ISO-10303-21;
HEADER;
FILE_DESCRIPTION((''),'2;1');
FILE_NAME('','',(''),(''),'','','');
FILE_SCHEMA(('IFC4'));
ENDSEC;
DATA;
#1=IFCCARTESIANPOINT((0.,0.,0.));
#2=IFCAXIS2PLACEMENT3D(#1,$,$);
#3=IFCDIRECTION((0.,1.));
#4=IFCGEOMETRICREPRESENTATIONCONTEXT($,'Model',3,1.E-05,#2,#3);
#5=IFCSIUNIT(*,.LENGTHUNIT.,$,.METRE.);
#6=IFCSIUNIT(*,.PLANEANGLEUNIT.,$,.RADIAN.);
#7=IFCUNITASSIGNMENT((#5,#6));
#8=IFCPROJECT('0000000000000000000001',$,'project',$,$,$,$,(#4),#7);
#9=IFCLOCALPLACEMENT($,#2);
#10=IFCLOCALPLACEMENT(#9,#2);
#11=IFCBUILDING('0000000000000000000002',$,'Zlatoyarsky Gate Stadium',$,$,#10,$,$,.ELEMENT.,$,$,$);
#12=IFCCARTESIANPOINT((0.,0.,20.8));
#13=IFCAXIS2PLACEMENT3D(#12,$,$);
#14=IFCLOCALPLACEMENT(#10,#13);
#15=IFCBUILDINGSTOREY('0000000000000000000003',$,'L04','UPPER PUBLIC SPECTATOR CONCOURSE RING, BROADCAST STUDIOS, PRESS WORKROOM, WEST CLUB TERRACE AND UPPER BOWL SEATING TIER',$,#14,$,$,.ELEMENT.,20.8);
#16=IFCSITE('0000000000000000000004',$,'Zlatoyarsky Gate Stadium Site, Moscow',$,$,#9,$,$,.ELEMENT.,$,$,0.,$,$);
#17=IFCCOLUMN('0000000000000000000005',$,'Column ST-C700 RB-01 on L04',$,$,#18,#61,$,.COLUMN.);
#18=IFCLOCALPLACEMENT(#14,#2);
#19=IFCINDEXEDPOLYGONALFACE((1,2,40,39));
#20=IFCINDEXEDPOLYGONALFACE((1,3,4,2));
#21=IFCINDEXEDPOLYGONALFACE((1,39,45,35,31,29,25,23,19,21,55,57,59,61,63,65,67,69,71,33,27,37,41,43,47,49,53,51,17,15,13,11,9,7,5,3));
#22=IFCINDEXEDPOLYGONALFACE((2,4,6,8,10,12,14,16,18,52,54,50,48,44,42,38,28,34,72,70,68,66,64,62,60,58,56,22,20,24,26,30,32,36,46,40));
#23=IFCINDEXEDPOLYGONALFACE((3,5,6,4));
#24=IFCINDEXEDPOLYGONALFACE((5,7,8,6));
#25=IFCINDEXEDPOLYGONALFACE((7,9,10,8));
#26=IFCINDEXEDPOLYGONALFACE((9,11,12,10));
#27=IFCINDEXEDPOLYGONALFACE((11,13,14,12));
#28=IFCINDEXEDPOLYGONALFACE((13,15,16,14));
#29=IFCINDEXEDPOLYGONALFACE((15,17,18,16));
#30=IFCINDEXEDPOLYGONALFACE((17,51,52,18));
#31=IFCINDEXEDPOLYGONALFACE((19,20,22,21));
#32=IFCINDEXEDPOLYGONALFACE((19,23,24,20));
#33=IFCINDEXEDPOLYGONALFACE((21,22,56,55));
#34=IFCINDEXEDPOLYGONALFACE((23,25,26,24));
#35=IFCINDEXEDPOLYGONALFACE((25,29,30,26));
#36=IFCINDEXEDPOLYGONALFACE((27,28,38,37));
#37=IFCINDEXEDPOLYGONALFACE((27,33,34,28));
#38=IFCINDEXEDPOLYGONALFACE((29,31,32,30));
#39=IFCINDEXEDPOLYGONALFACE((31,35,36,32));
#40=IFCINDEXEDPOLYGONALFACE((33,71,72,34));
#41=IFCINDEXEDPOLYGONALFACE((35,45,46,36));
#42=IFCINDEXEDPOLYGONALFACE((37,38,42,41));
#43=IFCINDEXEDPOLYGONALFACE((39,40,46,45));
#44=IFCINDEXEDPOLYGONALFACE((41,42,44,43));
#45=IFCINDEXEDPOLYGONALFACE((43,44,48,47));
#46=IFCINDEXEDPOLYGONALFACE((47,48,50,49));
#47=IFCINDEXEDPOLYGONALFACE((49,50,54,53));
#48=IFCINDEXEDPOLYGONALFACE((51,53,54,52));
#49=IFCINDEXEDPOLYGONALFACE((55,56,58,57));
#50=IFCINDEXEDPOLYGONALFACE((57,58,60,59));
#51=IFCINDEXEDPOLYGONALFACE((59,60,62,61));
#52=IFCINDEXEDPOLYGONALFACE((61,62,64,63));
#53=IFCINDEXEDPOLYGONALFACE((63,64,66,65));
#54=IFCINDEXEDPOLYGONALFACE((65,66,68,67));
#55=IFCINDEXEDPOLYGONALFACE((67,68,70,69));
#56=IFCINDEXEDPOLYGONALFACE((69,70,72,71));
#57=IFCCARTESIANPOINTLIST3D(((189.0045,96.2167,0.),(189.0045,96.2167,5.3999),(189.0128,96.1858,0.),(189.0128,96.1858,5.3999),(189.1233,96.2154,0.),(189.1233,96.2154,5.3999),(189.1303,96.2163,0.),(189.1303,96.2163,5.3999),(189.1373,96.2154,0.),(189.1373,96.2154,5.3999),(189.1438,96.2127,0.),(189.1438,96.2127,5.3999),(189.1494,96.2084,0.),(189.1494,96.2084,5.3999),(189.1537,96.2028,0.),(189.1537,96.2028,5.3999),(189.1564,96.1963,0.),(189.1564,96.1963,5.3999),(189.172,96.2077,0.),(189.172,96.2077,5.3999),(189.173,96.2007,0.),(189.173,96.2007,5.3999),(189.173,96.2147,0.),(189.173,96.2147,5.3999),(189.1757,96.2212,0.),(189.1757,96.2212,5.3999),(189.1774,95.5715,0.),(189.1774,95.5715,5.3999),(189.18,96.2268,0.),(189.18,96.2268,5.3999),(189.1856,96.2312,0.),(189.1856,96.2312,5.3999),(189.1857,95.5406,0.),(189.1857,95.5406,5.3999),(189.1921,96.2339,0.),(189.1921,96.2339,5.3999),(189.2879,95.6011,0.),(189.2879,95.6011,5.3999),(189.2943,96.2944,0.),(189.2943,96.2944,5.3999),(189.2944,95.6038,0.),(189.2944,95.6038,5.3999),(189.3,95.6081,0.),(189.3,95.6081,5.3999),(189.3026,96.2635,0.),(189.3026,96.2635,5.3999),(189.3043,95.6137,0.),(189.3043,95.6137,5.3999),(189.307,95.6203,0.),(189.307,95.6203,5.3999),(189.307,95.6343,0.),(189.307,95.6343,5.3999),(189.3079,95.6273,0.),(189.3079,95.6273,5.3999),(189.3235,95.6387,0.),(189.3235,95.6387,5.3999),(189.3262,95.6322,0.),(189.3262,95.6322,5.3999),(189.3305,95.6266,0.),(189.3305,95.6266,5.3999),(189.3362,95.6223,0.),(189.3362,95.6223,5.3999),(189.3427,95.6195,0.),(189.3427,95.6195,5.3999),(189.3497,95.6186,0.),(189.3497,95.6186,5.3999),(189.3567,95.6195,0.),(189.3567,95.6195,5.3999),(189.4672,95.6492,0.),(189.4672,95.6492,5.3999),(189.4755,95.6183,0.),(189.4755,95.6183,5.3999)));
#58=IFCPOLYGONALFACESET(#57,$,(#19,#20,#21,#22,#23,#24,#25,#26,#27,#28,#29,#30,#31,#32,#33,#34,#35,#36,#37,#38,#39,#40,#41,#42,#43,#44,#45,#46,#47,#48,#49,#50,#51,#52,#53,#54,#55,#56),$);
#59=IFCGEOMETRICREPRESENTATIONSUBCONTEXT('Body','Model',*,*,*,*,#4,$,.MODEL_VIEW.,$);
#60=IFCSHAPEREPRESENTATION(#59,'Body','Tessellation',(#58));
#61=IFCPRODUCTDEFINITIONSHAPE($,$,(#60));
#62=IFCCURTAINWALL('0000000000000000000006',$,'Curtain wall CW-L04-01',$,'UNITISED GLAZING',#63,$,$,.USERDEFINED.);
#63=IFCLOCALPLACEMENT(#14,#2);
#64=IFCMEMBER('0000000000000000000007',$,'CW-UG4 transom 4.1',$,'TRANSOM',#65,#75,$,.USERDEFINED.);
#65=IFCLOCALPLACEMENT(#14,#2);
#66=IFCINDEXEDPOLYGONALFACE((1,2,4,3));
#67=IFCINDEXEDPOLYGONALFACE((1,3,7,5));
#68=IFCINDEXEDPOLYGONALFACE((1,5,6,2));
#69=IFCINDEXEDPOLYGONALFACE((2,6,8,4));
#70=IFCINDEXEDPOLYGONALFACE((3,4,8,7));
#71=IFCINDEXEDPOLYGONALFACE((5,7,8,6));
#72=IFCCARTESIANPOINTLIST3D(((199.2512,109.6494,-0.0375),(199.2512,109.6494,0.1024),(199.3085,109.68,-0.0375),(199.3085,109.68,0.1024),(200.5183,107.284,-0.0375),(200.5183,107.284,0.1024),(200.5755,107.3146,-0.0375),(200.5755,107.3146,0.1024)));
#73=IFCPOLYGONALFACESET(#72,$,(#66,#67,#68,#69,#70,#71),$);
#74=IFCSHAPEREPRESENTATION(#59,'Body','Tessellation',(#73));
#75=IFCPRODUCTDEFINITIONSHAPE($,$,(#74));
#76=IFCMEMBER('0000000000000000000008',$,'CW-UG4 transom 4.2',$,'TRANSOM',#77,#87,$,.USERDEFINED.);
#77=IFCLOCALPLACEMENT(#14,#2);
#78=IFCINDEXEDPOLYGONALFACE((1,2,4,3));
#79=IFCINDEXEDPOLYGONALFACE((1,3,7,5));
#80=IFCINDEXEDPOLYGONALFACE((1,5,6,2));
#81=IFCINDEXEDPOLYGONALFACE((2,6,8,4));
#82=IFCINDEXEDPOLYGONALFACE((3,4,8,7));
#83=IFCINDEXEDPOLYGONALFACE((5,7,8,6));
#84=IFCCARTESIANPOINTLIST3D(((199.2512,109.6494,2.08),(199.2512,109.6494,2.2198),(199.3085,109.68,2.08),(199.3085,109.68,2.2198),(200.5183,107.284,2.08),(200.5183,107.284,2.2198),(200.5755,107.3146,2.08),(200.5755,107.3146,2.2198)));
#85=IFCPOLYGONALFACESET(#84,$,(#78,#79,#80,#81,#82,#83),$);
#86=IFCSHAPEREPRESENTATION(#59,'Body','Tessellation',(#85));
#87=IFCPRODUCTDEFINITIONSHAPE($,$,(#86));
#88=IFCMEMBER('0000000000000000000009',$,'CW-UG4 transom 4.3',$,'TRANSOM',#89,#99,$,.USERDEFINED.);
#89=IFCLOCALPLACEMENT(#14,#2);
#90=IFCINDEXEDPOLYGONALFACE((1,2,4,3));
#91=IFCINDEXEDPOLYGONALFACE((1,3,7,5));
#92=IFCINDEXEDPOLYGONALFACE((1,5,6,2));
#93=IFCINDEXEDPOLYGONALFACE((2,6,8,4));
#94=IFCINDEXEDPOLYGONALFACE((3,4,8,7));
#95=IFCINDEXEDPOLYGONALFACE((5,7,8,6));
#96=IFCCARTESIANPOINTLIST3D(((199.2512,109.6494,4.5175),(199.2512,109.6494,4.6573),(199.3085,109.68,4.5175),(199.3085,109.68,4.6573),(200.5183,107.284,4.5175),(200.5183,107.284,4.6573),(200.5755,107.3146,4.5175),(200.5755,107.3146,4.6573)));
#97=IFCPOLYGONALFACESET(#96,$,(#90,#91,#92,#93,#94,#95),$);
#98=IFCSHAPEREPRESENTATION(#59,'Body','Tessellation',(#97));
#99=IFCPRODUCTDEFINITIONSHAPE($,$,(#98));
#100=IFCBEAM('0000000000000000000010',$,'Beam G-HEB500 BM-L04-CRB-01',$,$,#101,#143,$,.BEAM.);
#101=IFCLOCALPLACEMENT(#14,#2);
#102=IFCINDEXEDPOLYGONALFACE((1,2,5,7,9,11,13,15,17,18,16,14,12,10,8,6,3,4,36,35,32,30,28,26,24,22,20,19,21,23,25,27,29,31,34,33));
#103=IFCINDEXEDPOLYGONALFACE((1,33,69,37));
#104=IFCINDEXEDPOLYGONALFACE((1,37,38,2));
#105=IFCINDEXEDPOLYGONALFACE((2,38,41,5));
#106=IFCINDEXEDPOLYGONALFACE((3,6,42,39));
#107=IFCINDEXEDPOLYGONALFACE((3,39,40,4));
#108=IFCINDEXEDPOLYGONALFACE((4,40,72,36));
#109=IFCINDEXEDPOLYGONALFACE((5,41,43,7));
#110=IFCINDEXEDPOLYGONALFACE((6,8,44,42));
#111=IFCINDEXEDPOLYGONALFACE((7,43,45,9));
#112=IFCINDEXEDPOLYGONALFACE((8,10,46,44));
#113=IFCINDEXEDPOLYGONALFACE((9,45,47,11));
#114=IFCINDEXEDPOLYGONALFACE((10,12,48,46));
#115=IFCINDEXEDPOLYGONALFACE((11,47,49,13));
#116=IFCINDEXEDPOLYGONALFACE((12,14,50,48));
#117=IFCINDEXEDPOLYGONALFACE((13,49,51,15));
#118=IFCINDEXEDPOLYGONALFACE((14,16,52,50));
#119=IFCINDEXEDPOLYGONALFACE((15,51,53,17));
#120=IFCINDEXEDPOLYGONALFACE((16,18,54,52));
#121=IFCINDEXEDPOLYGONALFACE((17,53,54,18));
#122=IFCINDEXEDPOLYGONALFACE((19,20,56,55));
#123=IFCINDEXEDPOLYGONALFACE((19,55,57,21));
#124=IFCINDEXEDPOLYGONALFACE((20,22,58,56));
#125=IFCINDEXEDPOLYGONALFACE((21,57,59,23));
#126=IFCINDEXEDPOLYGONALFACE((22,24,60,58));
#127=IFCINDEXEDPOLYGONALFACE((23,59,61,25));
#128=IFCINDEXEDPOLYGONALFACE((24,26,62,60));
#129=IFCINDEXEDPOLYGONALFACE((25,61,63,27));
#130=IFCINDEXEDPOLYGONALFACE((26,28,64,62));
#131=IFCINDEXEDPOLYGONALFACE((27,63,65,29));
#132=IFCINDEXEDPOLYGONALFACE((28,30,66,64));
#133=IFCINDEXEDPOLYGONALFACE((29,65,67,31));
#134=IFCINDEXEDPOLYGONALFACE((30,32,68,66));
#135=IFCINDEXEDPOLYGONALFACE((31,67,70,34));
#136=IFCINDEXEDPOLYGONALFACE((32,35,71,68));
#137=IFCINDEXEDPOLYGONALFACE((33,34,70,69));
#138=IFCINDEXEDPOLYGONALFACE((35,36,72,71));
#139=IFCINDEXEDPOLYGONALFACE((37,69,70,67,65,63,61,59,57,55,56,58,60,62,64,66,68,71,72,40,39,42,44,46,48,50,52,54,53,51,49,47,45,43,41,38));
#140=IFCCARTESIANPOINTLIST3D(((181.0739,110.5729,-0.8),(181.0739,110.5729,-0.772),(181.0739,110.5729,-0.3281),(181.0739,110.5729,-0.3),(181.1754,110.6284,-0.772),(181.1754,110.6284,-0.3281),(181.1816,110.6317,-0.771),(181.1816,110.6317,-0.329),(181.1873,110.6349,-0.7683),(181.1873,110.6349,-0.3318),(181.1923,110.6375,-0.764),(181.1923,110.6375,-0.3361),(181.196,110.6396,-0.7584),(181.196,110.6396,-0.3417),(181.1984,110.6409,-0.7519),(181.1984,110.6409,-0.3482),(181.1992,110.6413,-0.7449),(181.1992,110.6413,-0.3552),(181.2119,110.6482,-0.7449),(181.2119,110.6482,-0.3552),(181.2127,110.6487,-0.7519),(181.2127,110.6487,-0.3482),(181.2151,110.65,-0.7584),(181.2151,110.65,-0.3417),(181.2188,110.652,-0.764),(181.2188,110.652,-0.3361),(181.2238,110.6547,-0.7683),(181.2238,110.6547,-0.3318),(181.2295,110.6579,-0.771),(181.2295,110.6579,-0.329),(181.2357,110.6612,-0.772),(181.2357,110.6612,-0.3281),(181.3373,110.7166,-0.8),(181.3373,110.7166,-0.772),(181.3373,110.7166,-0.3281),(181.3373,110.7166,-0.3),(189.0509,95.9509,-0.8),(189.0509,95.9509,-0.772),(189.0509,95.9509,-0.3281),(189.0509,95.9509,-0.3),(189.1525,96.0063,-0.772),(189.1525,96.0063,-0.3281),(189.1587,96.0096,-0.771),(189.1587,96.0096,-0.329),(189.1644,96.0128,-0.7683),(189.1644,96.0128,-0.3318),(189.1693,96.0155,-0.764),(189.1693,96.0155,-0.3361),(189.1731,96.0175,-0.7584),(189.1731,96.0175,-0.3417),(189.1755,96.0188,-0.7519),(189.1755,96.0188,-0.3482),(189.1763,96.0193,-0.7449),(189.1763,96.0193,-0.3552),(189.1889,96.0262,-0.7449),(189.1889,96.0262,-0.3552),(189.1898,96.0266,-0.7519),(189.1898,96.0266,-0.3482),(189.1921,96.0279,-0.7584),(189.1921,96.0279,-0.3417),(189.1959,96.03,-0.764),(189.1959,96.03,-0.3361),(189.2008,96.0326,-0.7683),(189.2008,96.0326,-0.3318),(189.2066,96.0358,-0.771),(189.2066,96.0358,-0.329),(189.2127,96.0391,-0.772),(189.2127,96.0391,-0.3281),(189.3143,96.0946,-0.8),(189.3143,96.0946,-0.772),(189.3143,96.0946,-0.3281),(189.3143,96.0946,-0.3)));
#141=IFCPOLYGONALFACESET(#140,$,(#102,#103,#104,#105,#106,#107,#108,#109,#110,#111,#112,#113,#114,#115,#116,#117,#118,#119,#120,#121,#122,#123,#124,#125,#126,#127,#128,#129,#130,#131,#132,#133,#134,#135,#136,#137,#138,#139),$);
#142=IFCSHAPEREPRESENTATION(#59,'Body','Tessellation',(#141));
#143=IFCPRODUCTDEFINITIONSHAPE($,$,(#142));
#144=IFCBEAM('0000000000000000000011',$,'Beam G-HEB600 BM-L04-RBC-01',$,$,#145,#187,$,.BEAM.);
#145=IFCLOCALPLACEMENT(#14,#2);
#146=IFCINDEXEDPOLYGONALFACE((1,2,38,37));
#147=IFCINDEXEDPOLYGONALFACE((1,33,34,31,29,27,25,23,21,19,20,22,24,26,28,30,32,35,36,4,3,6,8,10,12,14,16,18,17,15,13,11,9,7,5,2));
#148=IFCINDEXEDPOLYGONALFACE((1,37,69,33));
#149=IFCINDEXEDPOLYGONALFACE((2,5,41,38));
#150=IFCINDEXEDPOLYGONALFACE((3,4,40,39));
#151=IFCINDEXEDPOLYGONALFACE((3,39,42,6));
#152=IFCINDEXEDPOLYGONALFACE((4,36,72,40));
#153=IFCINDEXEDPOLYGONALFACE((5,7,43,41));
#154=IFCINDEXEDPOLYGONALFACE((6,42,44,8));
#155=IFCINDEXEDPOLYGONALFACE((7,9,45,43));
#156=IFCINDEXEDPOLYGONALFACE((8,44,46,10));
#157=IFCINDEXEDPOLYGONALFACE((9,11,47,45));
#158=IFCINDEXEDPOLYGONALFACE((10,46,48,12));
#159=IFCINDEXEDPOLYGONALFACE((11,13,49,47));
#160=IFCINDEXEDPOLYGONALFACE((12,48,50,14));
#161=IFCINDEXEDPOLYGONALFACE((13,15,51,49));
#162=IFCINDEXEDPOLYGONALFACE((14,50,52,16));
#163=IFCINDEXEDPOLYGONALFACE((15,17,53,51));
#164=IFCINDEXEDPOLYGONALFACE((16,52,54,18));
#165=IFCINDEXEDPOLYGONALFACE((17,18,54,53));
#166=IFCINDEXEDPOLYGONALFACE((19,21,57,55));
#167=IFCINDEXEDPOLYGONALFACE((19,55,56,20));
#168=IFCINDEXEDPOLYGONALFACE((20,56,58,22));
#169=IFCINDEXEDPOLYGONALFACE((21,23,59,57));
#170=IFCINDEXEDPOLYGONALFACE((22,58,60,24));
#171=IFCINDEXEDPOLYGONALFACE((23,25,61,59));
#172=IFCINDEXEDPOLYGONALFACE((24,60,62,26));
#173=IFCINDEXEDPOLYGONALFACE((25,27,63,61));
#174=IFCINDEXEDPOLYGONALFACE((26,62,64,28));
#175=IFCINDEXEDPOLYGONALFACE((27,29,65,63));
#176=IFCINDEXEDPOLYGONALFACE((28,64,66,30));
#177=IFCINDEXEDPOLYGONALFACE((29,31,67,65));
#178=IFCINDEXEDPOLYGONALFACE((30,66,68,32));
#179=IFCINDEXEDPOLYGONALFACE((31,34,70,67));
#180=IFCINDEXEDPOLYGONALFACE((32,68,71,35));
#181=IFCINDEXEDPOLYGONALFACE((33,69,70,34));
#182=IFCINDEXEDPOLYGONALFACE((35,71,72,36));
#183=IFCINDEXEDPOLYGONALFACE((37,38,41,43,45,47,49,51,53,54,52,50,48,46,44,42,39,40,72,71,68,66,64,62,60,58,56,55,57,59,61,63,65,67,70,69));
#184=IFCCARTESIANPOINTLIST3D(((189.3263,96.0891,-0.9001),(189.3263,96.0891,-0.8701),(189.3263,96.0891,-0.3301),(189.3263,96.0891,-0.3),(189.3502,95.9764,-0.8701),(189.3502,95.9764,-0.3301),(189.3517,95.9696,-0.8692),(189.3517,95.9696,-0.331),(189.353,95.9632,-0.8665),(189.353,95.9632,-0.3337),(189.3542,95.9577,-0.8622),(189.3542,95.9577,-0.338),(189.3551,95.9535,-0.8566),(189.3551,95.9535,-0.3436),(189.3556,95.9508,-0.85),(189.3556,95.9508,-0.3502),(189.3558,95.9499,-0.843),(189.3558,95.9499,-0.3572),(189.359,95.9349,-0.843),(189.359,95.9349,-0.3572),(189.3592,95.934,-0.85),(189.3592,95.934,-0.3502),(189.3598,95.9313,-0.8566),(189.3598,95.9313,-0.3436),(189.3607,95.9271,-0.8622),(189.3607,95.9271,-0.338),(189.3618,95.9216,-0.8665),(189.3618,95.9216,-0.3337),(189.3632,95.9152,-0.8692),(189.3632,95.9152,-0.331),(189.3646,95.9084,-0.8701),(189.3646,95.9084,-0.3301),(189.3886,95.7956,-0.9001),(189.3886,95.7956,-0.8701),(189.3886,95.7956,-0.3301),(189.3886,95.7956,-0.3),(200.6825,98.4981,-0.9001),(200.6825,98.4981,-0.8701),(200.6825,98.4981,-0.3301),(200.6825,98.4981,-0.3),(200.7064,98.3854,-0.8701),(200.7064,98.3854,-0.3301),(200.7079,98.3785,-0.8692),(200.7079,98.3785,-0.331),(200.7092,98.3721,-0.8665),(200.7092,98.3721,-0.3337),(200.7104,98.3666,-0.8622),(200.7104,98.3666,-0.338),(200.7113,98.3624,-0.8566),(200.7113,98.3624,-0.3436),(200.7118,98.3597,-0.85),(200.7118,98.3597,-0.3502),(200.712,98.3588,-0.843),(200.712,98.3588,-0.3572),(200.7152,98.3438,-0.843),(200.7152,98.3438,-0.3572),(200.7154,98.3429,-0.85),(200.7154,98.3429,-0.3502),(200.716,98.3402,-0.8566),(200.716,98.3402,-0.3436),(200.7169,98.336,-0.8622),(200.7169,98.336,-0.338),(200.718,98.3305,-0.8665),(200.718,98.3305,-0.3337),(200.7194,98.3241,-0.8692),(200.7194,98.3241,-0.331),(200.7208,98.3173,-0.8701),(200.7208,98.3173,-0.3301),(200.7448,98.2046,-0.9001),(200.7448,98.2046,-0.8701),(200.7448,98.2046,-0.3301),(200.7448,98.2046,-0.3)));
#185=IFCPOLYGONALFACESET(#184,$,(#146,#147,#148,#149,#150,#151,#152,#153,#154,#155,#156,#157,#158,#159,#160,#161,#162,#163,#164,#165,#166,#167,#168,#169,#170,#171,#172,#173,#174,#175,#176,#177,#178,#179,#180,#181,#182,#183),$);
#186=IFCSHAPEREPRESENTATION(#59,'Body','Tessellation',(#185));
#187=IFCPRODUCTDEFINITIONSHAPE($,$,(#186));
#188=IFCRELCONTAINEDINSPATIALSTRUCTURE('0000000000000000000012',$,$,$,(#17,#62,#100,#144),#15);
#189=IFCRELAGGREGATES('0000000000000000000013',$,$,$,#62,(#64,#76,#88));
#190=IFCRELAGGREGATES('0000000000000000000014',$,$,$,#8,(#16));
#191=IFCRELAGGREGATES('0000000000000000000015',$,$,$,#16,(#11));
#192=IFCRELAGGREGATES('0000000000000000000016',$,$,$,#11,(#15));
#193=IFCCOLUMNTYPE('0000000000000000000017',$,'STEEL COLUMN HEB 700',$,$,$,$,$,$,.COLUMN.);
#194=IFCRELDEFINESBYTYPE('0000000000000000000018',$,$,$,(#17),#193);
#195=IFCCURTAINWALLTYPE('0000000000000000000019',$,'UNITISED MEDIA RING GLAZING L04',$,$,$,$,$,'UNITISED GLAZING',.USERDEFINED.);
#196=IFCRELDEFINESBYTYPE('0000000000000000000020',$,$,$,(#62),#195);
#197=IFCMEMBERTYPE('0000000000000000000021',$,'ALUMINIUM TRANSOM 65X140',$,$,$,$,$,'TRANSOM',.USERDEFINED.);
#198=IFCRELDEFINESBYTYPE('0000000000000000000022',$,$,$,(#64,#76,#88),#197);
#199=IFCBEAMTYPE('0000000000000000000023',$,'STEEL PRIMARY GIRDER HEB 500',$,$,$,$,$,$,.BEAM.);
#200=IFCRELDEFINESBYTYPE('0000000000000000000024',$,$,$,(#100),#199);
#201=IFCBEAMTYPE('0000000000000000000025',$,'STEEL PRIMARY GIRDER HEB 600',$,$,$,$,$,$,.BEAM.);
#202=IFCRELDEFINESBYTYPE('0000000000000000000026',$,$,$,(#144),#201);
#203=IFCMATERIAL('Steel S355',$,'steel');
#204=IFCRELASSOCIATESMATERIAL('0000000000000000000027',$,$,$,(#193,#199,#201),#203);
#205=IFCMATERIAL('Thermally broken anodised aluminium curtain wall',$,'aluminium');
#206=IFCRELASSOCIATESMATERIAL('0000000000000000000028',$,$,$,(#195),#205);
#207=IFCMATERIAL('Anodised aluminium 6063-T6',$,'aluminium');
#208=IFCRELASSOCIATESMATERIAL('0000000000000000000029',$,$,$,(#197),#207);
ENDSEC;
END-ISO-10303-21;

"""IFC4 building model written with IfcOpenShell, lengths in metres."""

from ifc_helpers import new_model, si_unit, direction, frame, origin, origin_2d, place, context, subcontext, project, spatial, rectangle, i_section, extrude, material, material_profile, profile_set, type_object, element, aggregate, save


model = new_model("IFC4")

# Units and contexts
model_context = context("Model", 3, precision=1e-05, world=origin(), true_north=direction((0.0, 1.0)))
body_context = subcontext(model_context, "Body", "Model", "MODEL_VIEW")
ifc_project = project(units=[si_unit("LENGTHUNIT", "METRE"), si_unit("PLANEANGLEUNIT", "RADIAN")], contexts=[model_context])

# Site, building, storey
site_placement = place(None, origin())
site = spatial("IfcSite", under=ifc_project, at=site_placement, Name="Zlatoyarsky Gate Stadium Site, Moscow", CompositionType="ELEMENT", RefElevation=0.0)
building_placement = place(site_placement, origin())
building = spatial("IfcBuilding", under=site, at=building_placement, Name="Zlatoyarsky Gate Stadium", CompositionType="ELEMENT")
storey_placement = place(building_placement, frame((0.0, 0.0, 20.8)))
storey = spatial("IfcBuildingStorey", under=building, at=storey_placement, Name="L04", Description="UPPER PUBLIC SPECTATOR CONCOURSE RING, BROADCAST STUDIOS, PRESS WORKROOM, WEST CLUB TERRACE AND UPPER BOWL SEATING TIER", CompositionType="ELEMENT", Elevation=20.8)

# Column
ifc_material_1 = material(Name="Steel S355", Category="steel")
ifc_material_profile_1 = material_profile(ifc_material_1, i_section(OverallWidth=0.3, OverallDepth=0.7, WebThickness=0.0171, FlangeThickness=0.032, FilletRadius=0.0271, at=origin_2d()), Name="HEB 700")
ifc_profile_set_1 = profile_set([ifc_material_profile_1], Name="Steel S355")
column_type = type_object("IfcColumnType", Name="STEEL COLUMN HEB 700", PredefinedType="COLUMN", material=ifc_profile_set_1)
column_placement = place(storey_placement, frame((189.24, 95.9175, 0.0), z_axis=(0.0, 0.0, 1.0), x_axis=(0.965926, 0.258819, 0.0)))
element("IfcColumn", 1, at=column_placement, inside=storey, type_object=column_type, Name="Column ST-C700 RB-01 on L04", PredefinedType="COLUMN", context=body_context, shape_type="SweptSolid", body=[
    extrude(i_section(OverallWidth=0.3, OverallDepth=0.7, WebThickness=0.0171, FlangeThickness=0.032, FilletRadius=0.0271, at=origin_2d()), origin(), (0.0, 0.0, 1.0), 5.3999),
])

# Curtain wall, members
ifc_material_2 = material(Name="Thermally broken anodised aluminium curtain wall", Category="aluminium")
curtain_wall_type = type_object("IfcCurtainWallType", Name="UNITISED MEDIA RING GLAZING L04", ElementType="UNITISED GLAZING", PredefinedType="USERDEFINED", material=ifc_material_2)
curtain_wall_placement = place(storey_placement, origin())
curtain_wall = element("IfcCurtainWall", 2, at=curtain_wall_placement, inside=storey, type_object=curtain_wall_type, Name="Curtain wall CW-L04-01", ObjectType="UNITISED GLAZING", PredefinedType="USERDEFINED")
ifc_material_3 = material(Name="Anodised aluminium 6063-T6", Category="aluminium")
ifc_material_profile_2 = material_profile(ifc_material_3, rectangle(XDim=0.0649, YDim=0.1399, at=origin_2d()), Name="ALU 65X140")
ifc_profile_set_2 = profile_set([ifc_material_profile_2], Name="Anodised aluminium 6063-T6")
member_type = type_object("IfcMemberType", Name="ALUMINIUM TRANSOM 65X140", ElementType="TRANSOM", PredefinedType="USERDEFINED", material=ifc_profile_set_2)
member_1_placement = place(storey_placement, frame((200.5469, 107.2993, 0.0325), z_axis=(-0.472184, 0.8815, 0.0), x_axis=(-0.8815, -0.472184, 0.0)))
member_1 = element("IfcMember", 3, at=member_1_placement, type_object=member_type, Name="CW-UG4 transom 4.1", ObjectType="TRANSOM", PredefinedType="USERDEFINED", context=body_context, shape_type="SweptSolid", body=[
    extrude(rectangle(XDim=0.0649, YDim=0.1399, at=origin_2d()), origin(), (0.0, 0.0, 1.0), 2.6833),
])
member_2_placement = place(storey_placement, frame((200.5469, 107.2993, 2.1499), z_axis=(-0.472184, 0.8815, 0.0), x_axis=(-0.8815, -0.472184, 0.0)))
member_2 = element("IfcMember", 4, at=member_2_placement, type_object=member_type, Name="CW-UG4 transom 4.2", ObjectType="TRANSOM", PredefinedType="USERDEFINED", context=body_context, shape_type="SweptSolid", body=[
    extrude(rectangle(XDim=0.0649, YDim=0.1399, at=origin_2d()), origin(), (0.0, 0.0, 1.0), 2.6833),
])
member_3_placement = place(storey_placement, frame((200.5469, 107.2993, 4.5874), z_axis=(-0.472184, 0.8815, 0.0), x_axis=(-0.8815, -0.472184, 0.0)))
member_3 = element("IfcMember", 5, at=member_3_placement, type_object=member_type, Name="CW-UG4 transom 4.3", ObjectType="TRANSOM", PredefinedType="USERDEFINED", context=body_context, shape_type="SweptSolid", body=[
    extrude(rectangle(XDim=0.0649, YDim=0.1399, at=origin_2d()), origin(), (0.0, 0.0, 1.0), 2.6833),
])

# Beams
ifc_material_profile_3 = material_profile(ifc_material_1, i_section(OverallWidth=0.3, OverallDepth=0.5, WebThickness=0.0144, FlangeThickness=0.0281, FilletRadius=0.0271, at=origin_2d()), Name="HEB 500")
ifc_profile_set_3 = profile_set([ifc_material_profile_3], Name="Steel S355")
beam_type_1 = type_object("IfcBeamType", Name="STEEL PRIMARY GIRDER HEB 500", PredefinedType="BEAM", material=ifc_profile_set_3)
beam_1_placement = place(storey_placement, frame((189.1826, 96.0227, -0.55), z_axis=(-0.478916, 0.877861, 0.0), x_axis=(-0.877861, -0.478916, 0.0)))
element("IfcBeam", 6, at=beam_1_placement, inside=storey, type_object=beam_type_1, Name="Beam G-HEB500 BM-L04-CRB-01", PredefinedType="BEAM", context=body_context, shape_type="SweptSolid", body=[
    extrude(i_section(OverallWidth=0.3, OverallDepth=0.5, WebThickness=0.0144, FlangeThickness=0.0281, FilletRadius=0.0271, at=origin_2d()), origin(), (0.0, 0.0, 1.0), 16.6565),
])
ifc_material_profile_4 = material_profile(ifc_material_1, i_section(OverallWidth=0.3, OverallDepth=0.6001, WebThickness=0.0154, FlangeThickness=0.03, FilletRadius=0.0271, at=origin_2d()), Name="HEB 600")
ifc_profile_set_4 = profile_set([ifc_material_profile_4], Name="Steel S355")
beam_type_2 = type_object("IfcBeamType", Name="STEEL PRIMARY GIRDER HEB 600", PredefinedType="BEAM", material=ifc_profile_set_4)
beam_2_placement = place(storey_placement, frame((189.3574, 95.9424, -0.6001), z_axis=(0.978233, 0.207508, 0.0), x_axis=(-0.207508, 0.978233, 0.0)))
element("IfcBeam", 7, at=beam_2_placement, inside=storey, type_object=beam_type_2, Name="Beam G-HEB600 BM-L04-RBC-01", PredefinedType="BEAM", context=body_context, shape_type="SweptSolid", body=[
    extrude(i_section(OverallWidth=0.3, OverallDepth=0.6001, WebThickness=0.0154, FlangeThickness=0.03, FilletRadius=0.0271, at=origin_2d()), origin(), (0.0, 0.0, 1.0), 11.6089),
])

aggregate(curtain_wall, [member_1, member_2, member_3])

save(model, "model.ifc")
